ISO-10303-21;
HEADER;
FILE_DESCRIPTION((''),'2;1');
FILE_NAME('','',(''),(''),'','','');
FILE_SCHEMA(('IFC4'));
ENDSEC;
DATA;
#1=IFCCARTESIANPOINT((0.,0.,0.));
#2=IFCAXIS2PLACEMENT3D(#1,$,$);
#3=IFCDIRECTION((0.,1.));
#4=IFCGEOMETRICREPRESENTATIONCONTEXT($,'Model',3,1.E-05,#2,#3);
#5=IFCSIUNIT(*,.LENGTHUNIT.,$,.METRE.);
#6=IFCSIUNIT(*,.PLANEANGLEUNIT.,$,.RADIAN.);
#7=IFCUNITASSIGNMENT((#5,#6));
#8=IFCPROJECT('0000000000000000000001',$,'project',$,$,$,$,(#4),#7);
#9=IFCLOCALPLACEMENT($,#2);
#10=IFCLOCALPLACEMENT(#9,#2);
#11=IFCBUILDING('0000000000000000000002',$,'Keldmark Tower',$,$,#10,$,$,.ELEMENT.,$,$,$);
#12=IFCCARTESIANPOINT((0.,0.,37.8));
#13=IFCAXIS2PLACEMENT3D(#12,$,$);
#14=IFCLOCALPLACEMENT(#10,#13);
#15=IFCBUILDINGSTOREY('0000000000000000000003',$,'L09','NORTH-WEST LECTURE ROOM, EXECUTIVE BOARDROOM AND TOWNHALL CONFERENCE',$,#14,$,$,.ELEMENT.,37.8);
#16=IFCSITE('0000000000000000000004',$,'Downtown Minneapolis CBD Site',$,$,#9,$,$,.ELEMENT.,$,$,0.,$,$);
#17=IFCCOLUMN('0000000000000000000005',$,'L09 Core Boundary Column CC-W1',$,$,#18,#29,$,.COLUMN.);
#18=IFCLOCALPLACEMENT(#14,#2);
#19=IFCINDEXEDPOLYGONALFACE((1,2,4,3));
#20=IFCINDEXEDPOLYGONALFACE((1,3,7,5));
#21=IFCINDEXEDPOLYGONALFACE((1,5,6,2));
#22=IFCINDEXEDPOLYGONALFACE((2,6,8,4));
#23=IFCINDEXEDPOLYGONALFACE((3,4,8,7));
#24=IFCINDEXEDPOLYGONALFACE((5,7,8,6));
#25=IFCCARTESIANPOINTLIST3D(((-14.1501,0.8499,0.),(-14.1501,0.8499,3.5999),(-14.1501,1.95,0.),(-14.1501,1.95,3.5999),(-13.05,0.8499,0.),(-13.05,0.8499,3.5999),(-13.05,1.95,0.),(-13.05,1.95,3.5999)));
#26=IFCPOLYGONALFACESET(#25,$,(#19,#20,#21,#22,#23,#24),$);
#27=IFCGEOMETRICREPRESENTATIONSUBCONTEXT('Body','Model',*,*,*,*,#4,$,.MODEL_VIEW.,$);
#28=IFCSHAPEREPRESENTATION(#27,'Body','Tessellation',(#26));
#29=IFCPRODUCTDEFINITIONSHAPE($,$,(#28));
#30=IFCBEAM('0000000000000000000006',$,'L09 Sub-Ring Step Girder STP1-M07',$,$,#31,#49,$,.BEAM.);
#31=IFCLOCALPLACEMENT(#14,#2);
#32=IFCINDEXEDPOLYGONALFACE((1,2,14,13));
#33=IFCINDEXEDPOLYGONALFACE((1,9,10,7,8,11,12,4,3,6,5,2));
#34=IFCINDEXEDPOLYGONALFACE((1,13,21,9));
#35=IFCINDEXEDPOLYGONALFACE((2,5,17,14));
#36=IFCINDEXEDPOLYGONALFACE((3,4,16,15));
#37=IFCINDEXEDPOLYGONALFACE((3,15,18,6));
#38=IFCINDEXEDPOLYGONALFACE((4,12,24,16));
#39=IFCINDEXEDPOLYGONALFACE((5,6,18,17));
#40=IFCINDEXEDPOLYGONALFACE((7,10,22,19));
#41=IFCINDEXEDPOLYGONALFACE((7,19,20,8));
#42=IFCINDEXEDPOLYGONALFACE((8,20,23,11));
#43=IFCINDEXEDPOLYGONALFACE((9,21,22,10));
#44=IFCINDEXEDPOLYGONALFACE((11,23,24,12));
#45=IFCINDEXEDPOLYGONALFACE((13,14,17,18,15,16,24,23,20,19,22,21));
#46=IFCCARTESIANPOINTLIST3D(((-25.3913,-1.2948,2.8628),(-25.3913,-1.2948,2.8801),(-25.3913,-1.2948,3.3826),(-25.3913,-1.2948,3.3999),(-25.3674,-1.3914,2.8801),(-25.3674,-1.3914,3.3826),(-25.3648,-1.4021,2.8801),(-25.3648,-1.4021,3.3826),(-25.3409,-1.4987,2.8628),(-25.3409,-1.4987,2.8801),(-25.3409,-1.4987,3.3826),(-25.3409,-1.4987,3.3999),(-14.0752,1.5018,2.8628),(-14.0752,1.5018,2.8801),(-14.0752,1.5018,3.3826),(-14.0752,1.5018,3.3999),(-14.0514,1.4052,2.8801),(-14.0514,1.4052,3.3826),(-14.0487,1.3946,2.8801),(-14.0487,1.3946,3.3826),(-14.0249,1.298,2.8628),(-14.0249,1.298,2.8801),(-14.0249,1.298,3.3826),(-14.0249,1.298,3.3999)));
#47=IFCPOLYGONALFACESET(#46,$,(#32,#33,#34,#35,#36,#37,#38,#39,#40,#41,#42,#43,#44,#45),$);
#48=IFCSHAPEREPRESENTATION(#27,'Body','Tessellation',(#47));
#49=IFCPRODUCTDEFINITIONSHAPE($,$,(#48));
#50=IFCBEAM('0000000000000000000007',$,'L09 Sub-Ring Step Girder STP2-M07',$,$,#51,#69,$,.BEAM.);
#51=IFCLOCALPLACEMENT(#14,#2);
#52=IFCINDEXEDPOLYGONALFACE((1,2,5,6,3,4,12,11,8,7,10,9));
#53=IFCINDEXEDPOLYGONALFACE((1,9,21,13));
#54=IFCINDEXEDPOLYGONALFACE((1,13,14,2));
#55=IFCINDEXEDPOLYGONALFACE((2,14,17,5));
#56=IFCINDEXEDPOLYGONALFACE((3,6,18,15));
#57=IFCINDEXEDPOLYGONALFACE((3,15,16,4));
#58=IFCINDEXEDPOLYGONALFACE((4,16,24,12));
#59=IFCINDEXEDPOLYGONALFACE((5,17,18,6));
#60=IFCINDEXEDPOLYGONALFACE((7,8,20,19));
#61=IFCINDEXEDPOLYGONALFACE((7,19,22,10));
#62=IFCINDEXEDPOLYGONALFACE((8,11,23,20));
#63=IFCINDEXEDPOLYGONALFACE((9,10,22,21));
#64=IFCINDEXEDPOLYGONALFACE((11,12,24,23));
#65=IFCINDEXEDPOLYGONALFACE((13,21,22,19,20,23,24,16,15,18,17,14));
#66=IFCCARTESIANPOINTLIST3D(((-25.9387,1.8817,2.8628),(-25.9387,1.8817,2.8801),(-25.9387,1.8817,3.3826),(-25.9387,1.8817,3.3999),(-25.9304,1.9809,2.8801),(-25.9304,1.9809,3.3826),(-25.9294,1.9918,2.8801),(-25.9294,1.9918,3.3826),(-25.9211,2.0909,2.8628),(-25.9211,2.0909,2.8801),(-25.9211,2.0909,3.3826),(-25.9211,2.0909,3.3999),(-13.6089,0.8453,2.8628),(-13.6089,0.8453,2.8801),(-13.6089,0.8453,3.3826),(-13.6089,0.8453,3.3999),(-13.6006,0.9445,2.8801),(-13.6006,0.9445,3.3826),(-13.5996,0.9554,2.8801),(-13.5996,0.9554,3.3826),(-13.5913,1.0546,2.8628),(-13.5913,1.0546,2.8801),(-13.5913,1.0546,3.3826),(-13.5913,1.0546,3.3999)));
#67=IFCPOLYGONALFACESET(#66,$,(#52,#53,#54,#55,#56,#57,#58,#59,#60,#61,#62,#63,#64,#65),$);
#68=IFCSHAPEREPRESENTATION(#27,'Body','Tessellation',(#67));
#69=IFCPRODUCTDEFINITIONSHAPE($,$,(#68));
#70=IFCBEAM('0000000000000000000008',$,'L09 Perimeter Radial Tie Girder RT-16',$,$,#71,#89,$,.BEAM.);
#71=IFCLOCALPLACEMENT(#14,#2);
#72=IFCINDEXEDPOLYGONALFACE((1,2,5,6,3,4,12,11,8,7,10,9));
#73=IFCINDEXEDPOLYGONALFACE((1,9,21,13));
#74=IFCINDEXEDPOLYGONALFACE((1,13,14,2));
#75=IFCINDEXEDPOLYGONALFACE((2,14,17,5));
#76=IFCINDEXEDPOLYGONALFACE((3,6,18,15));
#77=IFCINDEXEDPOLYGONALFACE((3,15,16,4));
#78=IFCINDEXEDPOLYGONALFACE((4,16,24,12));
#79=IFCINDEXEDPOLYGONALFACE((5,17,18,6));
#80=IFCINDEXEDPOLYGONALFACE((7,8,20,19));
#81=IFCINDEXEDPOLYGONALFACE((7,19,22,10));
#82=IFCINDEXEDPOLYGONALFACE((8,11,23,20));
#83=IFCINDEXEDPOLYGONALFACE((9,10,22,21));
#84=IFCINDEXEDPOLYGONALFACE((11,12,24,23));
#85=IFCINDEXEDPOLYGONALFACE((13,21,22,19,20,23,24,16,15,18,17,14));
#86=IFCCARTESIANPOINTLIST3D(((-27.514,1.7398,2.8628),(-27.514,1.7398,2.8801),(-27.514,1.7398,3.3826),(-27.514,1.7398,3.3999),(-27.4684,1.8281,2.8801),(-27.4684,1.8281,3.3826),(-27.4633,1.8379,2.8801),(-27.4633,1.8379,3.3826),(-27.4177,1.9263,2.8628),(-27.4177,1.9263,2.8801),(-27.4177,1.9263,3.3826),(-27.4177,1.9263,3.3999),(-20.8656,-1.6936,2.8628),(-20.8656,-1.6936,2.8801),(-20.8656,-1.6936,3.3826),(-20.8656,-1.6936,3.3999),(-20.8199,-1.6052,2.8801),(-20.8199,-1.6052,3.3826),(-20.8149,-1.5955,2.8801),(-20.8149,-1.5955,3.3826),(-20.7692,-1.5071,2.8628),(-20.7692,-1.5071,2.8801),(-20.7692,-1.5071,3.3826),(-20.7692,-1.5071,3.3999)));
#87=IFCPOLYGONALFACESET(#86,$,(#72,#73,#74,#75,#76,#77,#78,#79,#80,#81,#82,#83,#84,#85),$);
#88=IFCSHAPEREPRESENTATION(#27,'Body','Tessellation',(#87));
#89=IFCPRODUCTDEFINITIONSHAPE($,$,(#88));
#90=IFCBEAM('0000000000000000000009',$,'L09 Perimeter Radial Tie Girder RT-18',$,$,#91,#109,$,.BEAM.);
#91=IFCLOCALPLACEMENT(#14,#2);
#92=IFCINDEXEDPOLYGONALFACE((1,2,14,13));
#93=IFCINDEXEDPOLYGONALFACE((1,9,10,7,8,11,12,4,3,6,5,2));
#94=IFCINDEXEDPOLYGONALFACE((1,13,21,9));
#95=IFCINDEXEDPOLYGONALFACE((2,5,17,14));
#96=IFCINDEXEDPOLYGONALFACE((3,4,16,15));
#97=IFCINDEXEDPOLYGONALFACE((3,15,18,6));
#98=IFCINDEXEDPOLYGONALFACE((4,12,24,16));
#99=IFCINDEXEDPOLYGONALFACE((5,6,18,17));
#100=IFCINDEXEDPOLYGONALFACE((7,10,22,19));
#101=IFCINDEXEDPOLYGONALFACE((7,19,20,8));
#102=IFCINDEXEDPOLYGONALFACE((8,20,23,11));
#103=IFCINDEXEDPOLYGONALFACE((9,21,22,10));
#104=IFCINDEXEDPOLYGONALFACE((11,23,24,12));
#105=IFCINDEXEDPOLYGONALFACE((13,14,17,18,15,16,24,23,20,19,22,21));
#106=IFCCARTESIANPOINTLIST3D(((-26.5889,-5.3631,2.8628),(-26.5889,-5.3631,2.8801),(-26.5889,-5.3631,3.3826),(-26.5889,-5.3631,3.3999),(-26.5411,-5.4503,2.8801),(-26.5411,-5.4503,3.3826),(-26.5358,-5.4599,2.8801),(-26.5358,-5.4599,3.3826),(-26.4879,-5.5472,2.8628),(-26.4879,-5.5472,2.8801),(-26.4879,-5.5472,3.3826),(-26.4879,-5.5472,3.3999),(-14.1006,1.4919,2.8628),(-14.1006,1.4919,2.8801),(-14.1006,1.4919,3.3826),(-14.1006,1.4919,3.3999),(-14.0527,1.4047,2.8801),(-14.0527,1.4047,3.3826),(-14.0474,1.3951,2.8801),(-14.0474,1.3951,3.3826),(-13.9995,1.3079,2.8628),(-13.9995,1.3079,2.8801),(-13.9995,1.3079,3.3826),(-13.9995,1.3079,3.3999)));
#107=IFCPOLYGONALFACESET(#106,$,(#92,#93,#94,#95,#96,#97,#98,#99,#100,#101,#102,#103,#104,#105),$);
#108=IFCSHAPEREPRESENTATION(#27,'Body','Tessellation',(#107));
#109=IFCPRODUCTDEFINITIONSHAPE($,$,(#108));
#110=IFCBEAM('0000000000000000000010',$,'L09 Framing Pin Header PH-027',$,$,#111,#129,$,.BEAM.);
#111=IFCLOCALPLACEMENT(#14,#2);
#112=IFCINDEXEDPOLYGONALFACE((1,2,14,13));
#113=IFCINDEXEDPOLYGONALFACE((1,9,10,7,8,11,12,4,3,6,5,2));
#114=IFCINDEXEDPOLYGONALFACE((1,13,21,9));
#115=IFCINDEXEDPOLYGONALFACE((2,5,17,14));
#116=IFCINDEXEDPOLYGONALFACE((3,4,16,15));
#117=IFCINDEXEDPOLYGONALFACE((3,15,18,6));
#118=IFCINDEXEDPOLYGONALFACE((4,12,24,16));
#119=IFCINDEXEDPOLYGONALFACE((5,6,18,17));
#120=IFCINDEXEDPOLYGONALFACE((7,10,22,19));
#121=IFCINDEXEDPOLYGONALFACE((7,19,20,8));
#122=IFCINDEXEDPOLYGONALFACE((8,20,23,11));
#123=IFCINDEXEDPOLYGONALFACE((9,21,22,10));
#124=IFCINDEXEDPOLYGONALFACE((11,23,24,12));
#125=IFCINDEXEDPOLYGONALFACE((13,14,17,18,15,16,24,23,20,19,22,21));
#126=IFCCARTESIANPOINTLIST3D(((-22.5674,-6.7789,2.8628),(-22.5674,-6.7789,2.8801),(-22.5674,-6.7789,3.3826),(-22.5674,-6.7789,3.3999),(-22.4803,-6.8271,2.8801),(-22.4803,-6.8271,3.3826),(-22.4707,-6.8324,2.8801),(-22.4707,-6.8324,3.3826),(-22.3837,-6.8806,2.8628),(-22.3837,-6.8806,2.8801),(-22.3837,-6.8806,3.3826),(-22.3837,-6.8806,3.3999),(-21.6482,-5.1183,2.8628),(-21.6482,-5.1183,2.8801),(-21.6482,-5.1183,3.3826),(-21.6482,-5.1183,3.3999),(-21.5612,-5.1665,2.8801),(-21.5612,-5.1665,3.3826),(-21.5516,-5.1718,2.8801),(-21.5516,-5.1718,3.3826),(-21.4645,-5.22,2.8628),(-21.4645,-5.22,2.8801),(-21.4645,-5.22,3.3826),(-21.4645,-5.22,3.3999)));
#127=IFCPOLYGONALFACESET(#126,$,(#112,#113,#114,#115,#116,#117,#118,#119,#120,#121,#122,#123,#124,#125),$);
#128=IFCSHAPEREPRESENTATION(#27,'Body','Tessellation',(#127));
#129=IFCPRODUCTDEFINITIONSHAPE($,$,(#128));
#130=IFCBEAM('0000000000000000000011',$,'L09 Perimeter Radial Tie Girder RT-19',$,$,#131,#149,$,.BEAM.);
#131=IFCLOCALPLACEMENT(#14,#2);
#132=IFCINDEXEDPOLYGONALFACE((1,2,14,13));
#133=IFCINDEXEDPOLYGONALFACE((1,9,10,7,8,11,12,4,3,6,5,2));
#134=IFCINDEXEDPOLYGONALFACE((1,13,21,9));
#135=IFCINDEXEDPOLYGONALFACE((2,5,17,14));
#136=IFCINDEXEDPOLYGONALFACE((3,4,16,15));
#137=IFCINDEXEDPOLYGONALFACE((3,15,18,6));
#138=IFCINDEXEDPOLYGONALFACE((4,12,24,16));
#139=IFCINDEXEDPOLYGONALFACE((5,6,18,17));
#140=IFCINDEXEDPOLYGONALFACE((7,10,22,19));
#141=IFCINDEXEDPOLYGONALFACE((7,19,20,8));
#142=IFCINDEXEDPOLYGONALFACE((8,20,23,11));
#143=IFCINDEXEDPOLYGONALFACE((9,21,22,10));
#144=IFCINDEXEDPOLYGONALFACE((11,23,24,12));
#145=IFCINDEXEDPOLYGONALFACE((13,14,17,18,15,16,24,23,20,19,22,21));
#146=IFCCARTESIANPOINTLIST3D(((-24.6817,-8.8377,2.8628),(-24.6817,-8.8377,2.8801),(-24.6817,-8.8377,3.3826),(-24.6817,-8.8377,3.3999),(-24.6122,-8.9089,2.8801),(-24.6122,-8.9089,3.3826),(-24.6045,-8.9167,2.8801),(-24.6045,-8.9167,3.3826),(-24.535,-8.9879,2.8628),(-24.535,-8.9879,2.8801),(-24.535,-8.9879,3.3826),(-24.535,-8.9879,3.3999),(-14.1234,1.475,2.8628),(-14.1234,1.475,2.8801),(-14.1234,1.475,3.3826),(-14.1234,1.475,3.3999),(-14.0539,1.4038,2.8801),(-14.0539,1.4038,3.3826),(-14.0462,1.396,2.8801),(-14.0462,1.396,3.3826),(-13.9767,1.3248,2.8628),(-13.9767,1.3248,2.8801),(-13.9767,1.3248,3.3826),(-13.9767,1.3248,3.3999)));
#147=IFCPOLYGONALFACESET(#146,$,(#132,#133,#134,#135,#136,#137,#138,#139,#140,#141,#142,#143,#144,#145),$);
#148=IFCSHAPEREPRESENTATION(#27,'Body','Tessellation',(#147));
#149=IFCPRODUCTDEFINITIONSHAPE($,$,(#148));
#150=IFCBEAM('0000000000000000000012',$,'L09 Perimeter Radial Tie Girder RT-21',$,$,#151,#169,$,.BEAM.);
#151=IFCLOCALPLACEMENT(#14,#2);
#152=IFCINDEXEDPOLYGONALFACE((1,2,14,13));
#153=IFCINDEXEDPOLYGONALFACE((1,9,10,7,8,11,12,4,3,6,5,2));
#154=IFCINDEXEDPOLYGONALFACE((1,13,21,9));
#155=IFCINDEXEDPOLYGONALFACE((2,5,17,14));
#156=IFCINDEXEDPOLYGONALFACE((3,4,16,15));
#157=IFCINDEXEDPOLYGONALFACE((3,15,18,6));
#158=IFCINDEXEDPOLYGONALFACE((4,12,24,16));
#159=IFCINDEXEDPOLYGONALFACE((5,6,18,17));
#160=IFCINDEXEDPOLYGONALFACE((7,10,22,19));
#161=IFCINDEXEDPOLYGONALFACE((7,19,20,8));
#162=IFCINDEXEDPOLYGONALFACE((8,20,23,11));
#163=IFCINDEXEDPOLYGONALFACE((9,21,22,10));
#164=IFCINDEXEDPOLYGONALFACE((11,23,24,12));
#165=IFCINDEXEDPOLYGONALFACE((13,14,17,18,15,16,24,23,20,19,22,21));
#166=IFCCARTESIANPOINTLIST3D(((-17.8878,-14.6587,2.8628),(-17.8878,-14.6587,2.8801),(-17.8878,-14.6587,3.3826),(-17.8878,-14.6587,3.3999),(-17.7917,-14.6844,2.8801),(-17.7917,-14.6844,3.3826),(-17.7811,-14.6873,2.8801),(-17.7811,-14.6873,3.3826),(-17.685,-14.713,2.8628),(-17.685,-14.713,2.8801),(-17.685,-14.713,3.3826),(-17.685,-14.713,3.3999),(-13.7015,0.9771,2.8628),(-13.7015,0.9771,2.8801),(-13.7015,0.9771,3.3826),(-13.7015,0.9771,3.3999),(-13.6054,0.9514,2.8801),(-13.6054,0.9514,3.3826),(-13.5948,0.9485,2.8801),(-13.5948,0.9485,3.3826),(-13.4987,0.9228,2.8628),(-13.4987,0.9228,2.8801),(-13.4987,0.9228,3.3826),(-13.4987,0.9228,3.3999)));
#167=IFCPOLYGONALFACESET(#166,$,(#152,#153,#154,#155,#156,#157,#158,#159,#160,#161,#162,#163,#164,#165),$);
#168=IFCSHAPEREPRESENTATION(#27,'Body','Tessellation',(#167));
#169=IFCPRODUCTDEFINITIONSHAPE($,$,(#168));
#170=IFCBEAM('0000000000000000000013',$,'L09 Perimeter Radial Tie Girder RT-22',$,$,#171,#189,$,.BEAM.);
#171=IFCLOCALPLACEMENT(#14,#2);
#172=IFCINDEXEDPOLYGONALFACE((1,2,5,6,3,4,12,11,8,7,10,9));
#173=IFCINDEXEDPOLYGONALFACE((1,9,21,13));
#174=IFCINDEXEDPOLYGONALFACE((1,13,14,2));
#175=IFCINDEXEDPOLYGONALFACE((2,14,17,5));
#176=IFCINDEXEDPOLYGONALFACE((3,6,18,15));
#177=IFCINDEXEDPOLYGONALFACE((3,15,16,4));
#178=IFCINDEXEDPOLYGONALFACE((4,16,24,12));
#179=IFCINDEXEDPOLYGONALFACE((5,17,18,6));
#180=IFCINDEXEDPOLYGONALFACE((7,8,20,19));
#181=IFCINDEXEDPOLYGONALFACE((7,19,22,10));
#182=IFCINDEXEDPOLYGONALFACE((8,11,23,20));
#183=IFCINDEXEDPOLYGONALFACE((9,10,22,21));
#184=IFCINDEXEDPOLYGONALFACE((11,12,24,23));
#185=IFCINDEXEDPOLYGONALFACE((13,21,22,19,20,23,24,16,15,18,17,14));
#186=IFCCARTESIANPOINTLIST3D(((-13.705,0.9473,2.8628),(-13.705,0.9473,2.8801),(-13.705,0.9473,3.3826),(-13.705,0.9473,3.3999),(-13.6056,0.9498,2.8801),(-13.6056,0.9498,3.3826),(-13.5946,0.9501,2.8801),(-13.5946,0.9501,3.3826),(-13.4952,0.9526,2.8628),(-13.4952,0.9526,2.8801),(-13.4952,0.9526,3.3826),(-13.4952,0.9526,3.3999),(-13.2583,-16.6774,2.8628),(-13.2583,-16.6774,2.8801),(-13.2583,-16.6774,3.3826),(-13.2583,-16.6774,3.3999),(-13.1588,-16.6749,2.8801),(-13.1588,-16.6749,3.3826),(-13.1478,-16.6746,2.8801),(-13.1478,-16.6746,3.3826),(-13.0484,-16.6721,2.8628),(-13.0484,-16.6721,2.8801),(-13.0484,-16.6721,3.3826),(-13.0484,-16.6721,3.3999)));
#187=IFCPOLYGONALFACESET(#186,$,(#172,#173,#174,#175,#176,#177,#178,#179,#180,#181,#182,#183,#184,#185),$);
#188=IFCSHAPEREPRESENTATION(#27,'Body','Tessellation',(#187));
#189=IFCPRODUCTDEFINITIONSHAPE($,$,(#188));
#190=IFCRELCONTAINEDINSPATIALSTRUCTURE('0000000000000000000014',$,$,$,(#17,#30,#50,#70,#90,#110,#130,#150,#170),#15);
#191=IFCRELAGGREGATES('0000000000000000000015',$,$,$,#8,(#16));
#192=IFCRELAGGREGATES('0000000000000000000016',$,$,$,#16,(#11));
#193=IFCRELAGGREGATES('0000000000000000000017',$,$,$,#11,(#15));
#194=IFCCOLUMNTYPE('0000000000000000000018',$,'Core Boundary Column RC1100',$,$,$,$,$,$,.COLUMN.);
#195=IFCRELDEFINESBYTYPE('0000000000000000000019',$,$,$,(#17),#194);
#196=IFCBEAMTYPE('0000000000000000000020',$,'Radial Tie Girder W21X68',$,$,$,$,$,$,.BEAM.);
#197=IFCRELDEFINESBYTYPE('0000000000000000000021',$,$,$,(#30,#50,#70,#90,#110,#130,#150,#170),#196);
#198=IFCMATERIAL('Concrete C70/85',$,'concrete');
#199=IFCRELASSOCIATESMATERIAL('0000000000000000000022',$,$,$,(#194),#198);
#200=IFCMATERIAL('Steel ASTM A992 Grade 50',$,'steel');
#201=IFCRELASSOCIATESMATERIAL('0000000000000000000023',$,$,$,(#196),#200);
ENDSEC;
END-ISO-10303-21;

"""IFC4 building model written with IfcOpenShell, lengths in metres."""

from ifc_helpers import new_model, si_unit, direction, frame, origin, origin_2d, place, context, subcontext, project, spatial, rectangle, i_section, extrude, material, material_profile, profile_set, type_object, element, save


model = new_model("IFC4")

# Units and contexts
model_context = context("Model", 3, precision=1e-05, world=origin(), true_north=direction((0.0, 1.0)))
body_context = subcontext(model_context, "Body", "Model", "MODEL_VIEW")
ifc_project = project(units=[si_unit("LENGTHUNIT", "METRE"), si_unit("PLANEANGLEUNIT", "RADIAN")], contexts=[model_context])

# Site, building, storey
site_placement = place(None, origin())
site = spatial("IfcSite", under=ifc_project, at=site_placement, Name="Downtown Minneapolis CBD Site", CompositionType="ELEMENT", RefElevation=0.0)
building_placement = place(site_placement, origin())
building = spatial("IfcBuilding", under=site, at=building_placement, Name="Keldmark Tower", CompositionType="ELEMENT")
storey_placement = place(building_placement, frame((0.0, 0.0, 37.8)))
storey = spatial("IfcBuildingStorey", under=building, at=storey_placement, Name="L09", Description="NORTH-WEST LECTURE ROOM, EXECUTIVE BOARDROOM AND TOWNHALL CONFERENCE", CompositionType="ELEMENT", Elevation=37.8)

# Column
ifc_material_1 = material(Name="Concrete C70/85", Category="concrete")
ifc_material_profile_1 = material_profile(ifc_material_1, rectangle(XDim=1.1001, YDim=1.1001, at=origin_2d()), Name="RC1100X1100")
ifc_profile_set_1 = profile_set([ifc_material_profile_1], Name="Concrete C70/85")
column_type = type_object("IfcColumnType", Name="Core Boundary Column RC1100", PredefinedType="COLUMN", material=ifc_profile_set_1)
column_placement = place(storey_placement, frame((-13.6001, 1.3999, 0.0), z_axis=(0.0, 0.0, 1.0), x_axis=(1.0, 0.0, 0.0)))
element("IfcColumn", 1, at=column_placement, inside=storey, type_object=column_type, Name="L09 Core Boundary Column CC-W1", PredefinedType="COLUMN", context=body_context, shape_type="SweptSolid", body=[
    extrude(rectangle(XDim=1.1001, YDim=1.1001, at=origin_2d()), origin(), (0.0, 0.0, 1.0), 3.5999),
])

# Beams
ifc_material_2 = material(Name="Steel ASTM A992 Grade 50", Category="steel")
ifc_material_profile_2 = material_profile(ifc_material_2, i_section(OverallWidth=0.21, OverallDepth=0.5371, WebThickness=0.011, FlangeThickness=0.0173, at=origin_2d()), Name="W21X68")
ifc_profile_set_2 = profile_set([ifc_material_profile_2], Name="Steel ASTM A992 Grade 50")
beam_type = type_object("IfcBeamType", Name="Radial Tie Girder W21X68", PredefinedType="BEAM", material=ifc_profile_set_2)
beam_1_placement = place(storey_placement, frame((-14.05, 1.3999, 3.1313), z_axis=(-0.970792, -0.239923, 0.0), x_axis=(0.239923, -0.970792, 0.0)))
element("IfcBeam", 2, at=beam_1_placement, inside=storey, type_object=beam_type, Name="L09 Sub-Ring Step Girder STP1-M07", PredefinedType="BEAM", context=body_context, shape_type="SweptSolid", body=[
    extrude(i_section(OverallWidth=0.21, OverallDepth=0.5371, WebThickness=0.011, FlangeThickness=0.0173, at=origin_2d()), origin(), (0.0, 0.0, 1.0), 11.6565),
])
beam_2_placement = place(storey_placement, frame((-13.6001, 0.95, 3.1313), z_axis=(-0.996486, 0.083759, 0.0), x_axis=(-0.083759, -0.996486, 0.0)))
element("IfcBeam", 3, at=beam_2_placement, inside=storey, type_object=beam_type, Name="L09 Sub-Ring Step Girder STP2-M07", PredefinedType="BEAM", context=body_context, shape_type="SweptSolid", body=[
    extrude(i_section(OverallWidth=0.21, OverallDepth=0.5371, WebThickness=0.011, FlangeThickness=0.0173, at=origin_2d()), origin(), (0.0, 0.0, 1.0), 12.3733),
])
beam_3_placement = place(storey_placement, frame((-20.8174, -1.6003, 3.1313), z_axis=(-0.888517, 0.458843, 0.0), x_axis=(-0.458843, -0.888517, 0.0)))
element("IfcBeam", 4, at=beam_3_placement, inside=storey, type_object=beam_type, Name="L09 Perimeter Radial Tie Girder RT-16", PredefinedType="BEAM", context=body_context, shape_type="SweptSolid", body=[
    extrude(i_section(OverallWidth=0.21, OverallDepth=0.5371, WebThickness=0.011, FlangeThickness=0.0173, at=origin_2d()), origin(), (0.0, 0.0, 1.0), 7.4827),
])
beam_4_placement = place(storey_placement, frame((-14.05, 1.3999, 3.1313), z_axis=(-0.876618, -0.481187, 0.0), x_axis=(0.481187, -0.876618, 0.0)))
element("IfcBeam", 5, at=beam_4_placement, inside=storey, type_object=beam_type, Name="L09 Perimeter Radial Tie Girder RT-18", PredefinedType="BEAM", context=body_context, shape_type="SweptSolid", body=[
    extrude(i_section(OverallWidth=0.21, OverallDepth=0.5371, WebThickness=0.011, FlangeThickness=0.0173, at=origin_2d()), origin(), (0.0, 0.0, 1.0), 14.2461),
])
beam_5_placement = place(storey_placement, frame((-21.5564, -5.1692, 3.1313), z_axis=(-0.484277, -0.874915, 0.0), x_axis=(0.874915, -0.484277, 0.0)))
element("IfcBeam", 6, at=beam_5_placement, inside=storey, type_object=beam_type, Name="L09 Framing Pin Header PH-027", PredefinedType="BEAM", context=body_context, shape_type="SweptSolid", body=[
    extrude(i_section(OverallWidth=0.21, OverallDepth=0.5371, WebThickness=0.011, FlangeThickness=0.0173, at=origin_2d()), origin(), (0.0, 0.0, 1.0), 1.8979),
])
beam_6_placement = place(storey_placement, frame((-14.05, 1.3999, 3.1313), z_axis=(-0.715378, -0.698737, 0.0), x_axis=(0.698737, -0.715378, 0.0)))
element("IfcBeam", 7, at=beam_6_placement, inside=storey, type_object=beam_type, Name="L09 Perimeter Radial Tie Girder RT-19", PredefinedType="BEAM", context=body_context, shape_type="SweptSolid", body=[
    extrude(i_section(OverallWidth=0.21, OverallDepth=0.5371, WebThickness=0.011, FlangeThickness=0.0173, at=origin_2d()), origin(), (0.0, 0.0, 1.0), 14.759),
])
beam_7_placement = place(storey_placement, frame((-13.6001, 0.95, 3.1313), z_axis=(-0.258629, -0.965977, 0.0), x_axis=(0.965977, -0.258629, 0.0)))
element("IfcBeam", 8, at=beam_7_placement, inside=storey, type_object=beam_type, Name="L09 Perimeter Radial Tie Girder RT-21", PredefinedType="BEAM", context=body_context, shape_type="SweptSolid", body=[
    extrude(i_section(OverallWidth=0.21, OverallDepth=0.5371, WebThickness=0.011, FlangeThickness=0.0173, at=origin_2d()), origin(), (0.0, 0.0, 1.0), 16.1865),
])
beam_8_placement = place(storey_placement, frame((-13.6001, 0.95, 3.1313), z_axis=(0.025341, -0.999679, 0.0), x_axis=(0.999679, 0.025341, 0.0)))
element("IfcBeam", 9, at=beam_8_placement, inside=storey, type_object=beam_type, Name="L09 Perimeter Radial Tie Girder RT-22", PredefinedType="BEAM", context=body_context, shape_type="SweptSolid", body=[
    extrude(i_section(OverallWidth=0.21, OverallDepth=0.5371, WebThickness=0.011, FlangeThickness=0.0173, at=origin_2d()), origin(), (0.0, 0.0, 1.0), 17.6304),
])

save(model, "model.ifc")
